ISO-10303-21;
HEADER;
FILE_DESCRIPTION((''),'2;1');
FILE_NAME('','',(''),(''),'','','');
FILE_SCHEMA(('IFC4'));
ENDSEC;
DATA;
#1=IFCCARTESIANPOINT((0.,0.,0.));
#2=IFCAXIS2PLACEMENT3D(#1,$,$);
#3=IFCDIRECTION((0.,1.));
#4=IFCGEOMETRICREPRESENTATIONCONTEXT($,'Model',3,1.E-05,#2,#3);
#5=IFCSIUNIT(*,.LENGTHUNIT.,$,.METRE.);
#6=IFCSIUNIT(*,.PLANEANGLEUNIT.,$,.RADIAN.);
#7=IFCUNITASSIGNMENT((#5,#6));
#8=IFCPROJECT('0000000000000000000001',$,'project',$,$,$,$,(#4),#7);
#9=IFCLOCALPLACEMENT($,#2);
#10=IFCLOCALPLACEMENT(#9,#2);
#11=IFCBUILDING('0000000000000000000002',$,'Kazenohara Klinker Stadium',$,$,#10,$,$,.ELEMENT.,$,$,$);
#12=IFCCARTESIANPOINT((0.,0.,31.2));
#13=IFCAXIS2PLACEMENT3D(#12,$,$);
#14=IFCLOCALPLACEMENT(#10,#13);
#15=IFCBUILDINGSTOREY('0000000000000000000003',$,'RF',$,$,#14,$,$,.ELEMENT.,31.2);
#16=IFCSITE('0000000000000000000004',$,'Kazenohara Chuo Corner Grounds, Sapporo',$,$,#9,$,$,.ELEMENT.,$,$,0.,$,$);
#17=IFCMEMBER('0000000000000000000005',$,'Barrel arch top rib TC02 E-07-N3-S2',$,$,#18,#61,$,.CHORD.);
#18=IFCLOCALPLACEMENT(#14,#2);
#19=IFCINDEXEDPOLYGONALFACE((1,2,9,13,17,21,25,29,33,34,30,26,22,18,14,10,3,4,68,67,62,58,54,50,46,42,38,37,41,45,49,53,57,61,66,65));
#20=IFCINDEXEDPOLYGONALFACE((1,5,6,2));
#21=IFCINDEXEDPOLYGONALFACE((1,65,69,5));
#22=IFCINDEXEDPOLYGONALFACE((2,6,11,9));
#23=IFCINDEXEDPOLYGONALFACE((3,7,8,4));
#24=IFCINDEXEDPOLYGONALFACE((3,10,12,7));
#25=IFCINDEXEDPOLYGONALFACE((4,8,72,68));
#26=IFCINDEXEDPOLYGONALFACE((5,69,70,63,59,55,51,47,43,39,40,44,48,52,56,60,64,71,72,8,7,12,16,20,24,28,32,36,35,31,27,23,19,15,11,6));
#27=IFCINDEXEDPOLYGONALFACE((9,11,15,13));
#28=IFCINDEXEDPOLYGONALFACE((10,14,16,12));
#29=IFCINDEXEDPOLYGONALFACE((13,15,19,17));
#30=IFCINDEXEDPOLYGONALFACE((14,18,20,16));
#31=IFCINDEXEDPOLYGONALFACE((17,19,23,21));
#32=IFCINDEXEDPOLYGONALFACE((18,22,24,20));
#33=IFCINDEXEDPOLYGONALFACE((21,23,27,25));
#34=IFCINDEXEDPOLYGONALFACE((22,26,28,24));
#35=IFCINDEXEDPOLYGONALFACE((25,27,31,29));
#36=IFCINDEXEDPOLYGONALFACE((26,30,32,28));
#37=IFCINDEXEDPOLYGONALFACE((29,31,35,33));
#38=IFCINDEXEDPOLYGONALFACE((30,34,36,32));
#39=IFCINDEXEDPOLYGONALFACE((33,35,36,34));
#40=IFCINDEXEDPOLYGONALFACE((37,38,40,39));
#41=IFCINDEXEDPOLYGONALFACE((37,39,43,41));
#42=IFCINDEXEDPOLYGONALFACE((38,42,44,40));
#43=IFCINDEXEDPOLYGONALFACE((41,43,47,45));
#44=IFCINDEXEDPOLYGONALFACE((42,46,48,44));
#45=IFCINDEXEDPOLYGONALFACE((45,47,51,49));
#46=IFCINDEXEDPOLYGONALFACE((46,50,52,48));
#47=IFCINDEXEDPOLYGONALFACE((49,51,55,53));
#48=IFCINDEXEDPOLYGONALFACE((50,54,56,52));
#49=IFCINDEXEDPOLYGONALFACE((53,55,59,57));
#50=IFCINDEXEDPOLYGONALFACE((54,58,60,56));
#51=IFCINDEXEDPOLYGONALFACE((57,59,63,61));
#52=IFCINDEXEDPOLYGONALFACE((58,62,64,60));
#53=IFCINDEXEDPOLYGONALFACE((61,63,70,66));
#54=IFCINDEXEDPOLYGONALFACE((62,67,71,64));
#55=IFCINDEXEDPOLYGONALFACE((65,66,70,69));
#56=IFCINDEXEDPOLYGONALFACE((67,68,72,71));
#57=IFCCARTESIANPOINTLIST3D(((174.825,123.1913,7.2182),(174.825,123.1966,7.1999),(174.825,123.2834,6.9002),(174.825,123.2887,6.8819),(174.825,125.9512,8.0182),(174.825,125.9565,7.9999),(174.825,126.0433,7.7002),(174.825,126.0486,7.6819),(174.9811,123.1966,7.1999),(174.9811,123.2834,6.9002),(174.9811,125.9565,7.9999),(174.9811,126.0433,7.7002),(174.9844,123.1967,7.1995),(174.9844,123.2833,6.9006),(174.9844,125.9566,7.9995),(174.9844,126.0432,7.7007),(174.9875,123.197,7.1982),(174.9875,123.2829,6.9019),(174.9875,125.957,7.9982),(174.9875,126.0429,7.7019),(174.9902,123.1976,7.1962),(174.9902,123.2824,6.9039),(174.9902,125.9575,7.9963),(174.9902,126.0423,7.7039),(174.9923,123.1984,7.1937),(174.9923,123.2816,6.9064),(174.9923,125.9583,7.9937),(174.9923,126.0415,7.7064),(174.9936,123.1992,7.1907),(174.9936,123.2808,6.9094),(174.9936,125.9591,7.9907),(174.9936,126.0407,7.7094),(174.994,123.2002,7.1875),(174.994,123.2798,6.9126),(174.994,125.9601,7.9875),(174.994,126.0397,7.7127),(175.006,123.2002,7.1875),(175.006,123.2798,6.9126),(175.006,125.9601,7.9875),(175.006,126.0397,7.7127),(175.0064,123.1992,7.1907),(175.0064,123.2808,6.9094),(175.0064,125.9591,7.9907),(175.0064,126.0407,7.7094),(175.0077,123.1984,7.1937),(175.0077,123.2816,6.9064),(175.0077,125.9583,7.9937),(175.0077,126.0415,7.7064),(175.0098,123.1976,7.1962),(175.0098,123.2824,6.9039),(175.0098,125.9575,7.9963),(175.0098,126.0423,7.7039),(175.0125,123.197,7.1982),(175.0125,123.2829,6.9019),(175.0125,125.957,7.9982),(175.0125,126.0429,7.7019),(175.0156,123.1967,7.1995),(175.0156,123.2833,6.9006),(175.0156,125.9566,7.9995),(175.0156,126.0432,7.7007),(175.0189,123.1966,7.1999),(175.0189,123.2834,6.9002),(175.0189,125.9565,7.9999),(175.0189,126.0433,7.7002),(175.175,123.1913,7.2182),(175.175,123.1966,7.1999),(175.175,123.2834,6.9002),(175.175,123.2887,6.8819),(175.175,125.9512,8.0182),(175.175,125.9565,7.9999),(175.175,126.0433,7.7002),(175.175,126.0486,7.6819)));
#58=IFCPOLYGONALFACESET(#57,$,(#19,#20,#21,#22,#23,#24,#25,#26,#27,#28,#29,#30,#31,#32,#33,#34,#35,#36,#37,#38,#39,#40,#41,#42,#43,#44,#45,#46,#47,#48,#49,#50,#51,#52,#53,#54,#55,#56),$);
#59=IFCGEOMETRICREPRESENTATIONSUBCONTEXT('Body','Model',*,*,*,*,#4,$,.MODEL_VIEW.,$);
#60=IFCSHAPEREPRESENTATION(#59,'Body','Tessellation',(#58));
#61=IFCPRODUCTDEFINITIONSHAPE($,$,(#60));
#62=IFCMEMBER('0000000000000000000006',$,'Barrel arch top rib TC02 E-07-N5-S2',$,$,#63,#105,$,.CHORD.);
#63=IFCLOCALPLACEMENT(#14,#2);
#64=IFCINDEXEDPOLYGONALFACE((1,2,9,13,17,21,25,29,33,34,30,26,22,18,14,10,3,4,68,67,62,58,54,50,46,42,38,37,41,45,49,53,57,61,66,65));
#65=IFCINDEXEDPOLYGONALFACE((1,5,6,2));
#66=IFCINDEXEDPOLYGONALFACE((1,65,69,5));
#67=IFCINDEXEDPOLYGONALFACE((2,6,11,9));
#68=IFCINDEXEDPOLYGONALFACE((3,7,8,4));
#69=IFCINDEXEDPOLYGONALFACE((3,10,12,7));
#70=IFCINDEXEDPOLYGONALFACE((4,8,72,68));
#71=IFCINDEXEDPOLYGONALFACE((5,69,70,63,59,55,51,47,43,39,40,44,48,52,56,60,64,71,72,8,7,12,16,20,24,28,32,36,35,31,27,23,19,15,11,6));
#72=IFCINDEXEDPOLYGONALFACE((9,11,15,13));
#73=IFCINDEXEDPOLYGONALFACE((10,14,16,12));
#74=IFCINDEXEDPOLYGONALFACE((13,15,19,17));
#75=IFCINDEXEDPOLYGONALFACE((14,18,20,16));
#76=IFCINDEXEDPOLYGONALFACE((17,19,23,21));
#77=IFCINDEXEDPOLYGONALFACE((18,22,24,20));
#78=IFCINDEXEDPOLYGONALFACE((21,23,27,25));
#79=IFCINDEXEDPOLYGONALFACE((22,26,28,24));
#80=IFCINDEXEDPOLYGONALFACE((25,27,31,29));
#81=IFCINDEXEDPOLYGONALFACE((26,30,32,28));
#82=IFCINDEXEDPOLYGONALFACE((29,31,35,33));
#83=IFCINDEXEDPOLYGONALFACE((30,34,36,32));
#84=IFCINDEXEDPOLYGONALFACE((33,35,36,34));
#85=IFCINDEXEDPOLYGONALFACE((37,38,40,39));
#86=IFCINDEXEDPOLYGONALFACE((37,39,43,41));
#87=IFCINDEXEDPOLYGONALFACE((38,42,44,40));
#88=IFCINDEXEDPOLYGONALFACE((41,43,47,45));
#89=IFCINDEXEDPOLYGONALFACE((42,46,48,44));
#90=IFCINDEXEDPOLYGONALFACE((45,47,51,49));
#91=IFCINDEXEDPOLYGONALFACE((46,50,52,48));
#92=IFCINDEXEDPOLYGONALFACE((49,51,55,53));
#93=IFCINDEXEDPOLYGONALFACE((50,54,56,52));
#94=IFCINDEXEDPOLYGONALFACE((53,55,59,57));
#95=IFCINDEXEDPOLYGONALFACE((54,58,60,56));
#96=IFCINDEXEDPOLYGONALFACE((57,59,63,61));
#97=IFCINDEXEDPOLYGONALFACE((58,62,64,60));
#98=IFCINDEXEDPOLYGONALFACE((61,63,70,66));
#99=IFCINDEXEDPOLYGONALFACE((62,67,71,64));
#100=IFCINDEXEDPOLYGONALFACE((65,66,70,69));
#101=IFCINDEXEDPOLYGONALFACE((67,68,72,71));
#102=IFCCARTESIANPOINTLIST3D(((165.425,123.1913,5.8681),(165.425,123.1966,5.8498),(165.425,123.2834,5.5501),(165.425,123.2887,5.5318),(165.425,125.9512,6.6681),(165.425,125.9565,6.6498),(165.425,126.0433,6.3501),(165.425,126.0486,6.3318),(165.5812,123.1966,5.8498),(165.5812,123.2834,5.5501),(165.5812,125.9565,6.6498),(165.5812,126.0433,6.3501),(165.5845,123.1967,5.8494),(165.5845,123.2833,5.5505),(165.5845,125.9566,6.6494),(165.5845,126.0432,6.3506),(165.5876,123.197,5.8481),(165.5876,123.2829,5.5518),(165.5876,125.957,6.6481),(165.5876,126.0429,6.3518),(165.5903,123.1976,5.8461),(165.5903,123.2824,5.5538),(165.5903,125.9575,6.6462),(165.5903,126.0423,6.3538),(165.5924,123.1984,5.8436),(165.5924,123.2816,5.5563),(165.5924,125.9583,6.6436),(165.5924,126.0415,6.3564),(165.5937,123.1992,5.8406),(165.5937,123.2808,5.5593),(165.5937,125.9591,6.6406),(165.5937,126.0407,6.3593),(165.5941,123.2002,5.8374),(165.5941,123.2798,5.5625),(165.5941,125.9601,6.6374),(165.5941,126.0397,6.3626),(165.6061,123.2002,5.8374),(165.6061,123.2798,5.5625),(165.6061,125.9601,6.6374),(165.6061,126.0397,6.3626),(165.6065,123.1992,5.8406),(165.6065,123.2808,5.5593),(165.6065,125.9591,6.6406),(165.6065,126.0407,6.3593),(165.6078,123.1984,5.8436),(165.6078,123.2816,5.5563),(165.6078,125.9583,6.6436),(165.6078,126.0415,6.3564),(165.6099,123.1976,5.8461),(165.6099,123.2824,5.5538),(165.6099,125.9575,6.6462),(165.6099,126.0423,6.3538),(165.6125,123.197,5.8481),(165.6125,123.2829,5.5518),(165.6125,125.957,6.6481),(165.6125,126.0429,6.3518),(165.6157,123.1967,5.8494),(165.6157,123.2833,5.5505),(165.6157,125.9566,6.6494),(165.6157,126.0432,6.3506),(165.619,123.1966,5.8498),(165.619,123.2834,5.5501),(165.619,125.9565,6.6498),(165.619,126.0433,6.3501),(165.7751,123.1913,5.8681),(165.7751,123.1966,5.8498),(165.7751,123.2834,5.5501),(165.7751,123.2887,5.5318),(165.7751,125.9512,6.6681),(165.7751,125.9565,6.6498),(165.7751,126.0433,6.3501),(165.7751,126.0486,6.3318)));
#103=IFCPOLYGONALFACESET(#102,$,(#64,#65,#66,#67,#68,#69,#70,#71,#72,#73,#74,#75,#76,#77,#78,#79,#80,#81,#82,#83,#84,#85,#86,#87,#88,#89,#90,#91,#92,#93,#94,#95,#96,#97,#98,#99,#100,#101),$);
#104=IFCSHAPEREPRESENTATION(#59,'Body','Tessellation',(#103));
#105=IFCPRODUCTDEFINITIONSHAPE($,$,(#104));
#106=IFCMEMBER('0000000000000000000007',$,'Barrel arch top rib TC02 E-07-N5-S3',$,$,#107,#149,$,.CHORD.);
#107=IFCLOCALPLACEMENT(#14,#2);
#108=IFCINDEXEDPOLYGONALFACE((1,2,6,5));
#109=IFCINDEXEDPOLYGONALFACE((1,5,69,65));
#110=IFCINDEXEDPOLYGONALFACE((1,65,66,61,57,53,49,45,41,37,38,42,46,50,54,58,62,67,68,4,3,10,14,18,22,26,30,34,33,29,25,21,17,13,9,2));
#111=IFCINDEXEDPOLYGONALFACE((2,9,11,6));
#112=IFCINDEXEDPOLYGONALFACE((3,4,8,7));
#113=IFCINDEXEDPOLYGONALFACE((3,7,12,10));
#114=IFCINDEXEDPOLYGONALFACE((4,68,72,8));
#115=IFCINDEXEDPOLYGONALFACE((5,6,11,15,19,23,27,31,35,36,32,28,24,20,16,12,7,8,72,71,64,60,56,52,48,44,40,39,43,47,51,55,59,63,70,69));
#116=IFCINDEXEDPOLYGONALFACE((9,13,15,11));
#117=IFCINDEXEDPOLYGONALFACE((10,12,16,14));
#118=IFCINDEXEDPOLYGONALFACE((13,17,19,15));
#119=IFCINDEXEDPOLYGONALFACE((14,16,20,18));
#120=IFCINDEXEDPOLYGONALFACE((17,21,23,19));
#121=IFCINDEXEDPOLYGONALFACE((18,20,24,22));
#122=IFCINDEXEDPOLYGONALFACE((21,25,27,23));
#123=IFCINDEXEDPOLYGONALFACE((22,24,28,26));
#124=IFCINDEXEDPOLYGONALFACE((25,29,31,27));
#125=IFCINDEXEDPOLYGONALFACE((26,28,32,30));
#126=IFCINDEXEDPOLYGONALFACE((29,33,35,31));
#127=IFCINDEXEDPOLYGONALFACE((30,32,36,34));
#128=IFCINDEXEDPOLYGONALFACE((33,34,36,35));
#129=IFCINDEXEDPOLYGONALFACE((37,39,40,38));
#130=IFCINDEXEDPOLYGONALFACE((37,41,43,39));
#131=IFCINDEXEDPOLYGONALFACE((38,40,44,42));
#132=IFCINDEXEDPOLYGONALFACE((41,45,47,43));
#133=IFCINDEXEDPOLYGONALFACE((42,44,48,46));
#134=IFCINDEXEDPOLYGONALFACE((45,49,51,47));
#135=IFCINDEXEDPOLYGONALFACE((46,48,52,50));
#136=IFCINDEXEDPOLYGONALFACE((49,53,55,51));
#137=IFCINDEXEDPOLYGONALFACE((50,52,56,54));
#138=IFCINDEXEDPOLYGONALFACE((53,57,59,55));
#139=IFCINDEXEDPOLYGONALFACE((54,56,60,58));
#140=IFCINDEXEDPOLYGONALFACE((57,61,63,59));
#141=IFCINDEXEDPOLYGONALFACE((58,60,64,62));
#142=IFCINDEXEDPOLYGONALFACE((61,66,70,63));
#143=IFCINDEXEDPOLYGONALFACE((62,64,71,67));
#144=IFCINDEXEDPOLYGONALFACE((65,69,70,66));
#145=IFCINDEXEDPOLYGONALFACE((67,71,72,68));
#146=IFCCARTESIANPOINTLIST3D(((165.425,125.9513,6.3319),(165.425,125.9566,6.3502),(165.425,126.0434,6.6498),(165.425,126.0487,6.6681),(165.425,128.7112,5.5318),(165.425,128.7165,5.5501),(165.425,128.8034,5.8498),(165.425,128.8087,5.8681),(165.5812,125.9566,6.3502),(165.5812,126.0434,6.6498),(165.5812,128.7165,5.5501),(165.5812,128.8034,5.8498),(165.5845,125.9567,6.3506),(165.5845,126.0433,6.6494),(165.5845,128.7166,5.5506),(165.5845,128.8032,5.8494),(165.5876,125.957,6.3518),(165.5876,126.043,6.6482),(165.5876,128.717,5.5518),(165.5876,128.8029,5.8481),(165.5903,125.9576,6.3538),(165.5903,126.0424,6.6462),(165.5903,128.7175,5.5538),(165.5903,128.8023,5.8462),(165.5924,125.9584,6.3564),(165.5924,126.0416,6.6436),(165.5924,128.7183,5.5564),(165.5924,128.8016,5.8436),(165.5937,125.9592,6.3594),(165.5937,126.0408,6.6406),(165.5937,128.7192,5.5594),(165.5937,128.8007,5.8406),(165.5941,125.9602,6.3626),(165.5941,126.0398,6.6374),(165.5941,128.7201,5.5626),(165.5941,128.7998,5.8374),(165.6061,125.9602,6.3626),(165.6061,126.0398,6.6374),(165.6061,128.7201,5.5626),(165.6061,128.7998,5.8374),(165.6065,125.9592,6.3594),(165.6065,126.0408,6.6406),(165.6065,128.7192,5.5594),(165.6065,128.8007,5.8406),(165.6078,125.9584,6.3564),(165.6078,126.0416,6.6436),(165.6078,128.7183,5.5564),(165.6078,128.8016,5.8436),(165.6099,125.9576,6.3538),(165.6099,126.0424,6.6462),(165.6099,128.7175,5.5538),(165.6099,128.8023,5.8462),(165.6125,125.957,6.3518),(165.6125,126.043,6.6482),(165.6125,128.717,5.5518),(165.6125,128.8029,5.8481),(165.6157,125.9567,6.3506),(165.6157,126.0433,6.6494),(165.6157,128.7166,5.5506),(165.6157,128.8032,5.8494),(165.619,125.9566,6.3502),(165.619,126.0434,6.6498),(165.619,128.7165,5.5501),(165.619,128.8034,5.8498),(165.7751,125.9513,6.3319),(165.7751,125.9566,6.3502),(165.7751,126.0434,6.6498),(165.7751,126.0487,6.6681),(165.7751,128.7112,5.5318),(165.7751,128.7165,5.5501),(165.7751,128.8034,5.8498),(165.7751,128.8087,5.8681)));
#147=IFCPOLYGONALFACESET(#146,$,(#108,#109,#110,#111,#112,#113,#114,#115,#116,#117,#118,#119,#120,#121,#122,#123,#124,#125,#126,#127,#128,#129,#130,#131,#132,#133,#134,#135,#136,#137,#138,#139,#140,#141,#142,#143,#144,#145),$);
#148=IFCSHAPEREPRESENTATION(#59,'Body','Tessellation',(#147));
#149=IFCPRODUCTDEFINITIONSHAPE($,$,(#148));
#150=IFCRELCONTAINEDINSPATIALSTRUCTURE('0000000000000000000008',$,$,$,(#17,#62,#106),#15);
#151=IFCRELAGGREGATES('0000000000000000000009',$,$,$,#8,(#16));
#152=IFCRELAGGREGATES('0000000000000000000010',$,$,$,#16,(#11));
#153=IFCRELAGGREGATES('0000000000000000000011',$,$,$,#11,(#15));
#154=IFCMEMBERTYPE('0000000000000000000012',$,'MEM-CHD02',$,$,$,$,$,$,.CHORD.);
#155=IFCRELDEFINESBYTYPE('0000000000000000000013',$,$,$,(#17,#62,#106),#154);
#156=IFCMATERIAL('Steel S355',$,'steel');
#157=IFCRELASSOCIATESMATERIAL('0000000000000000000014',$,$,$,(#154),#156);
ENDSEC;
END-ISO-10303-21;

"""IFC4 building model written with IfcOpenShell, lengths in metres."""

from ifc_helpers import new_model, si_unit, direction, frame, origin, origin_2d, place, context, subcontext, project, spatial, i_section, extrude, material, material_profile, profile_set, type_object, element, save


model = new_model("IFC4")

# Units and contexts
model_context = context("Model", 3, precision=1e-05, world=origin(), true_north=direction((0.0, 1.0)))
body_context = subcontext(model_context, "Body", "Model", "MODEL_VIEW")
ifc_project = project(units=[si_unit("LENGTHUNIT", "METRE"), si_unit("PLANEANGLEUNIT", "RADIAN")], contexts=[model_context])

# Site, building, storey
site_placement = place(None, origin())
site = spatial("IfcSite", under=ifc_project, at=site_placement, Name="Kazenohara Chuo Corner Grounds, Sapporo", CompositionType="ELEMENT", RefElevation=0.0)
building_placement = place(site_placement, origin())
building = spatial("IfcBuilding", under=site, at=building_placement, Name="Kazenohara Klinker Stadium", CompositionType="ELEMENT")
storey_placement = place(building_placement, frame((0.0, 0.0, 31.2)))
storey = spatial("IfcBuildingStorey", under=building, at=storey_placement, Name="RF", CompositionType="ELEMENT", Elevation=31.2)

# Members
ifc_material_1 = material(Name="Steel S355", Category="steel")
ifc_material_profile_1 = material_profile(ifc_material_1, i_section(OverallWidth=0.3501, OverallDepth=0.3501, WebThickness=0.012, FlangeThickness=0.019, FilletRadius=0.0129, at=origin_2d()), Name="H-350x350x12x19")
ifc_profile_set_1 = profile_set([ifc_material_profile_1], Name="Steel S355")
member_type_1 = type_object("IfcMemberType", Name="MEM-CHD02", PredefinedType="CHORD", material=ifc_profile_set_1)
for number, where, z_axis, x_axis, name in (
    (1, (175.0, 123.24, 7.05), (0.0, 0.960462, 0.278411), (-1.0, 0.0, 0.0), "Barrel arch top rib TC02 E-07-N3-S2"),
    (2, (165.6001, 123.24, 5.7), (0.0, 0.960462, 0.278411), (-1.0, 0.0, 0.0), "Barrel arch top rib TC02 E-07-N5-S2"),
    (3, (165.6001, 126.0, 6.5), (0.0, 0.960462, -0.278411), (-1.0, 0.0, 0.0), "Barrel arch top rib TC02 E-07-N5-S3"),
):
    element("IfcMember", number, at=place(storey_placement, frame(where, z_axis=z_axis, x_axis=x_axis)), inside=storey, type_object=member_type_1, Name=name, PredefinedType="CHORD", context=body_context, shape_type="SweptSolid", body=[
        extrude(i_section(OverallWidth=0.3501, OverallDepth=0.3501, WebThickness=0.012, FlangeThickness=0.019, FilletRadius=0.0129, at=origin_2d()), origin(), (0.0, 0.0, 1.0), 2.8735),
    ])

save(model, "model.ifc")
